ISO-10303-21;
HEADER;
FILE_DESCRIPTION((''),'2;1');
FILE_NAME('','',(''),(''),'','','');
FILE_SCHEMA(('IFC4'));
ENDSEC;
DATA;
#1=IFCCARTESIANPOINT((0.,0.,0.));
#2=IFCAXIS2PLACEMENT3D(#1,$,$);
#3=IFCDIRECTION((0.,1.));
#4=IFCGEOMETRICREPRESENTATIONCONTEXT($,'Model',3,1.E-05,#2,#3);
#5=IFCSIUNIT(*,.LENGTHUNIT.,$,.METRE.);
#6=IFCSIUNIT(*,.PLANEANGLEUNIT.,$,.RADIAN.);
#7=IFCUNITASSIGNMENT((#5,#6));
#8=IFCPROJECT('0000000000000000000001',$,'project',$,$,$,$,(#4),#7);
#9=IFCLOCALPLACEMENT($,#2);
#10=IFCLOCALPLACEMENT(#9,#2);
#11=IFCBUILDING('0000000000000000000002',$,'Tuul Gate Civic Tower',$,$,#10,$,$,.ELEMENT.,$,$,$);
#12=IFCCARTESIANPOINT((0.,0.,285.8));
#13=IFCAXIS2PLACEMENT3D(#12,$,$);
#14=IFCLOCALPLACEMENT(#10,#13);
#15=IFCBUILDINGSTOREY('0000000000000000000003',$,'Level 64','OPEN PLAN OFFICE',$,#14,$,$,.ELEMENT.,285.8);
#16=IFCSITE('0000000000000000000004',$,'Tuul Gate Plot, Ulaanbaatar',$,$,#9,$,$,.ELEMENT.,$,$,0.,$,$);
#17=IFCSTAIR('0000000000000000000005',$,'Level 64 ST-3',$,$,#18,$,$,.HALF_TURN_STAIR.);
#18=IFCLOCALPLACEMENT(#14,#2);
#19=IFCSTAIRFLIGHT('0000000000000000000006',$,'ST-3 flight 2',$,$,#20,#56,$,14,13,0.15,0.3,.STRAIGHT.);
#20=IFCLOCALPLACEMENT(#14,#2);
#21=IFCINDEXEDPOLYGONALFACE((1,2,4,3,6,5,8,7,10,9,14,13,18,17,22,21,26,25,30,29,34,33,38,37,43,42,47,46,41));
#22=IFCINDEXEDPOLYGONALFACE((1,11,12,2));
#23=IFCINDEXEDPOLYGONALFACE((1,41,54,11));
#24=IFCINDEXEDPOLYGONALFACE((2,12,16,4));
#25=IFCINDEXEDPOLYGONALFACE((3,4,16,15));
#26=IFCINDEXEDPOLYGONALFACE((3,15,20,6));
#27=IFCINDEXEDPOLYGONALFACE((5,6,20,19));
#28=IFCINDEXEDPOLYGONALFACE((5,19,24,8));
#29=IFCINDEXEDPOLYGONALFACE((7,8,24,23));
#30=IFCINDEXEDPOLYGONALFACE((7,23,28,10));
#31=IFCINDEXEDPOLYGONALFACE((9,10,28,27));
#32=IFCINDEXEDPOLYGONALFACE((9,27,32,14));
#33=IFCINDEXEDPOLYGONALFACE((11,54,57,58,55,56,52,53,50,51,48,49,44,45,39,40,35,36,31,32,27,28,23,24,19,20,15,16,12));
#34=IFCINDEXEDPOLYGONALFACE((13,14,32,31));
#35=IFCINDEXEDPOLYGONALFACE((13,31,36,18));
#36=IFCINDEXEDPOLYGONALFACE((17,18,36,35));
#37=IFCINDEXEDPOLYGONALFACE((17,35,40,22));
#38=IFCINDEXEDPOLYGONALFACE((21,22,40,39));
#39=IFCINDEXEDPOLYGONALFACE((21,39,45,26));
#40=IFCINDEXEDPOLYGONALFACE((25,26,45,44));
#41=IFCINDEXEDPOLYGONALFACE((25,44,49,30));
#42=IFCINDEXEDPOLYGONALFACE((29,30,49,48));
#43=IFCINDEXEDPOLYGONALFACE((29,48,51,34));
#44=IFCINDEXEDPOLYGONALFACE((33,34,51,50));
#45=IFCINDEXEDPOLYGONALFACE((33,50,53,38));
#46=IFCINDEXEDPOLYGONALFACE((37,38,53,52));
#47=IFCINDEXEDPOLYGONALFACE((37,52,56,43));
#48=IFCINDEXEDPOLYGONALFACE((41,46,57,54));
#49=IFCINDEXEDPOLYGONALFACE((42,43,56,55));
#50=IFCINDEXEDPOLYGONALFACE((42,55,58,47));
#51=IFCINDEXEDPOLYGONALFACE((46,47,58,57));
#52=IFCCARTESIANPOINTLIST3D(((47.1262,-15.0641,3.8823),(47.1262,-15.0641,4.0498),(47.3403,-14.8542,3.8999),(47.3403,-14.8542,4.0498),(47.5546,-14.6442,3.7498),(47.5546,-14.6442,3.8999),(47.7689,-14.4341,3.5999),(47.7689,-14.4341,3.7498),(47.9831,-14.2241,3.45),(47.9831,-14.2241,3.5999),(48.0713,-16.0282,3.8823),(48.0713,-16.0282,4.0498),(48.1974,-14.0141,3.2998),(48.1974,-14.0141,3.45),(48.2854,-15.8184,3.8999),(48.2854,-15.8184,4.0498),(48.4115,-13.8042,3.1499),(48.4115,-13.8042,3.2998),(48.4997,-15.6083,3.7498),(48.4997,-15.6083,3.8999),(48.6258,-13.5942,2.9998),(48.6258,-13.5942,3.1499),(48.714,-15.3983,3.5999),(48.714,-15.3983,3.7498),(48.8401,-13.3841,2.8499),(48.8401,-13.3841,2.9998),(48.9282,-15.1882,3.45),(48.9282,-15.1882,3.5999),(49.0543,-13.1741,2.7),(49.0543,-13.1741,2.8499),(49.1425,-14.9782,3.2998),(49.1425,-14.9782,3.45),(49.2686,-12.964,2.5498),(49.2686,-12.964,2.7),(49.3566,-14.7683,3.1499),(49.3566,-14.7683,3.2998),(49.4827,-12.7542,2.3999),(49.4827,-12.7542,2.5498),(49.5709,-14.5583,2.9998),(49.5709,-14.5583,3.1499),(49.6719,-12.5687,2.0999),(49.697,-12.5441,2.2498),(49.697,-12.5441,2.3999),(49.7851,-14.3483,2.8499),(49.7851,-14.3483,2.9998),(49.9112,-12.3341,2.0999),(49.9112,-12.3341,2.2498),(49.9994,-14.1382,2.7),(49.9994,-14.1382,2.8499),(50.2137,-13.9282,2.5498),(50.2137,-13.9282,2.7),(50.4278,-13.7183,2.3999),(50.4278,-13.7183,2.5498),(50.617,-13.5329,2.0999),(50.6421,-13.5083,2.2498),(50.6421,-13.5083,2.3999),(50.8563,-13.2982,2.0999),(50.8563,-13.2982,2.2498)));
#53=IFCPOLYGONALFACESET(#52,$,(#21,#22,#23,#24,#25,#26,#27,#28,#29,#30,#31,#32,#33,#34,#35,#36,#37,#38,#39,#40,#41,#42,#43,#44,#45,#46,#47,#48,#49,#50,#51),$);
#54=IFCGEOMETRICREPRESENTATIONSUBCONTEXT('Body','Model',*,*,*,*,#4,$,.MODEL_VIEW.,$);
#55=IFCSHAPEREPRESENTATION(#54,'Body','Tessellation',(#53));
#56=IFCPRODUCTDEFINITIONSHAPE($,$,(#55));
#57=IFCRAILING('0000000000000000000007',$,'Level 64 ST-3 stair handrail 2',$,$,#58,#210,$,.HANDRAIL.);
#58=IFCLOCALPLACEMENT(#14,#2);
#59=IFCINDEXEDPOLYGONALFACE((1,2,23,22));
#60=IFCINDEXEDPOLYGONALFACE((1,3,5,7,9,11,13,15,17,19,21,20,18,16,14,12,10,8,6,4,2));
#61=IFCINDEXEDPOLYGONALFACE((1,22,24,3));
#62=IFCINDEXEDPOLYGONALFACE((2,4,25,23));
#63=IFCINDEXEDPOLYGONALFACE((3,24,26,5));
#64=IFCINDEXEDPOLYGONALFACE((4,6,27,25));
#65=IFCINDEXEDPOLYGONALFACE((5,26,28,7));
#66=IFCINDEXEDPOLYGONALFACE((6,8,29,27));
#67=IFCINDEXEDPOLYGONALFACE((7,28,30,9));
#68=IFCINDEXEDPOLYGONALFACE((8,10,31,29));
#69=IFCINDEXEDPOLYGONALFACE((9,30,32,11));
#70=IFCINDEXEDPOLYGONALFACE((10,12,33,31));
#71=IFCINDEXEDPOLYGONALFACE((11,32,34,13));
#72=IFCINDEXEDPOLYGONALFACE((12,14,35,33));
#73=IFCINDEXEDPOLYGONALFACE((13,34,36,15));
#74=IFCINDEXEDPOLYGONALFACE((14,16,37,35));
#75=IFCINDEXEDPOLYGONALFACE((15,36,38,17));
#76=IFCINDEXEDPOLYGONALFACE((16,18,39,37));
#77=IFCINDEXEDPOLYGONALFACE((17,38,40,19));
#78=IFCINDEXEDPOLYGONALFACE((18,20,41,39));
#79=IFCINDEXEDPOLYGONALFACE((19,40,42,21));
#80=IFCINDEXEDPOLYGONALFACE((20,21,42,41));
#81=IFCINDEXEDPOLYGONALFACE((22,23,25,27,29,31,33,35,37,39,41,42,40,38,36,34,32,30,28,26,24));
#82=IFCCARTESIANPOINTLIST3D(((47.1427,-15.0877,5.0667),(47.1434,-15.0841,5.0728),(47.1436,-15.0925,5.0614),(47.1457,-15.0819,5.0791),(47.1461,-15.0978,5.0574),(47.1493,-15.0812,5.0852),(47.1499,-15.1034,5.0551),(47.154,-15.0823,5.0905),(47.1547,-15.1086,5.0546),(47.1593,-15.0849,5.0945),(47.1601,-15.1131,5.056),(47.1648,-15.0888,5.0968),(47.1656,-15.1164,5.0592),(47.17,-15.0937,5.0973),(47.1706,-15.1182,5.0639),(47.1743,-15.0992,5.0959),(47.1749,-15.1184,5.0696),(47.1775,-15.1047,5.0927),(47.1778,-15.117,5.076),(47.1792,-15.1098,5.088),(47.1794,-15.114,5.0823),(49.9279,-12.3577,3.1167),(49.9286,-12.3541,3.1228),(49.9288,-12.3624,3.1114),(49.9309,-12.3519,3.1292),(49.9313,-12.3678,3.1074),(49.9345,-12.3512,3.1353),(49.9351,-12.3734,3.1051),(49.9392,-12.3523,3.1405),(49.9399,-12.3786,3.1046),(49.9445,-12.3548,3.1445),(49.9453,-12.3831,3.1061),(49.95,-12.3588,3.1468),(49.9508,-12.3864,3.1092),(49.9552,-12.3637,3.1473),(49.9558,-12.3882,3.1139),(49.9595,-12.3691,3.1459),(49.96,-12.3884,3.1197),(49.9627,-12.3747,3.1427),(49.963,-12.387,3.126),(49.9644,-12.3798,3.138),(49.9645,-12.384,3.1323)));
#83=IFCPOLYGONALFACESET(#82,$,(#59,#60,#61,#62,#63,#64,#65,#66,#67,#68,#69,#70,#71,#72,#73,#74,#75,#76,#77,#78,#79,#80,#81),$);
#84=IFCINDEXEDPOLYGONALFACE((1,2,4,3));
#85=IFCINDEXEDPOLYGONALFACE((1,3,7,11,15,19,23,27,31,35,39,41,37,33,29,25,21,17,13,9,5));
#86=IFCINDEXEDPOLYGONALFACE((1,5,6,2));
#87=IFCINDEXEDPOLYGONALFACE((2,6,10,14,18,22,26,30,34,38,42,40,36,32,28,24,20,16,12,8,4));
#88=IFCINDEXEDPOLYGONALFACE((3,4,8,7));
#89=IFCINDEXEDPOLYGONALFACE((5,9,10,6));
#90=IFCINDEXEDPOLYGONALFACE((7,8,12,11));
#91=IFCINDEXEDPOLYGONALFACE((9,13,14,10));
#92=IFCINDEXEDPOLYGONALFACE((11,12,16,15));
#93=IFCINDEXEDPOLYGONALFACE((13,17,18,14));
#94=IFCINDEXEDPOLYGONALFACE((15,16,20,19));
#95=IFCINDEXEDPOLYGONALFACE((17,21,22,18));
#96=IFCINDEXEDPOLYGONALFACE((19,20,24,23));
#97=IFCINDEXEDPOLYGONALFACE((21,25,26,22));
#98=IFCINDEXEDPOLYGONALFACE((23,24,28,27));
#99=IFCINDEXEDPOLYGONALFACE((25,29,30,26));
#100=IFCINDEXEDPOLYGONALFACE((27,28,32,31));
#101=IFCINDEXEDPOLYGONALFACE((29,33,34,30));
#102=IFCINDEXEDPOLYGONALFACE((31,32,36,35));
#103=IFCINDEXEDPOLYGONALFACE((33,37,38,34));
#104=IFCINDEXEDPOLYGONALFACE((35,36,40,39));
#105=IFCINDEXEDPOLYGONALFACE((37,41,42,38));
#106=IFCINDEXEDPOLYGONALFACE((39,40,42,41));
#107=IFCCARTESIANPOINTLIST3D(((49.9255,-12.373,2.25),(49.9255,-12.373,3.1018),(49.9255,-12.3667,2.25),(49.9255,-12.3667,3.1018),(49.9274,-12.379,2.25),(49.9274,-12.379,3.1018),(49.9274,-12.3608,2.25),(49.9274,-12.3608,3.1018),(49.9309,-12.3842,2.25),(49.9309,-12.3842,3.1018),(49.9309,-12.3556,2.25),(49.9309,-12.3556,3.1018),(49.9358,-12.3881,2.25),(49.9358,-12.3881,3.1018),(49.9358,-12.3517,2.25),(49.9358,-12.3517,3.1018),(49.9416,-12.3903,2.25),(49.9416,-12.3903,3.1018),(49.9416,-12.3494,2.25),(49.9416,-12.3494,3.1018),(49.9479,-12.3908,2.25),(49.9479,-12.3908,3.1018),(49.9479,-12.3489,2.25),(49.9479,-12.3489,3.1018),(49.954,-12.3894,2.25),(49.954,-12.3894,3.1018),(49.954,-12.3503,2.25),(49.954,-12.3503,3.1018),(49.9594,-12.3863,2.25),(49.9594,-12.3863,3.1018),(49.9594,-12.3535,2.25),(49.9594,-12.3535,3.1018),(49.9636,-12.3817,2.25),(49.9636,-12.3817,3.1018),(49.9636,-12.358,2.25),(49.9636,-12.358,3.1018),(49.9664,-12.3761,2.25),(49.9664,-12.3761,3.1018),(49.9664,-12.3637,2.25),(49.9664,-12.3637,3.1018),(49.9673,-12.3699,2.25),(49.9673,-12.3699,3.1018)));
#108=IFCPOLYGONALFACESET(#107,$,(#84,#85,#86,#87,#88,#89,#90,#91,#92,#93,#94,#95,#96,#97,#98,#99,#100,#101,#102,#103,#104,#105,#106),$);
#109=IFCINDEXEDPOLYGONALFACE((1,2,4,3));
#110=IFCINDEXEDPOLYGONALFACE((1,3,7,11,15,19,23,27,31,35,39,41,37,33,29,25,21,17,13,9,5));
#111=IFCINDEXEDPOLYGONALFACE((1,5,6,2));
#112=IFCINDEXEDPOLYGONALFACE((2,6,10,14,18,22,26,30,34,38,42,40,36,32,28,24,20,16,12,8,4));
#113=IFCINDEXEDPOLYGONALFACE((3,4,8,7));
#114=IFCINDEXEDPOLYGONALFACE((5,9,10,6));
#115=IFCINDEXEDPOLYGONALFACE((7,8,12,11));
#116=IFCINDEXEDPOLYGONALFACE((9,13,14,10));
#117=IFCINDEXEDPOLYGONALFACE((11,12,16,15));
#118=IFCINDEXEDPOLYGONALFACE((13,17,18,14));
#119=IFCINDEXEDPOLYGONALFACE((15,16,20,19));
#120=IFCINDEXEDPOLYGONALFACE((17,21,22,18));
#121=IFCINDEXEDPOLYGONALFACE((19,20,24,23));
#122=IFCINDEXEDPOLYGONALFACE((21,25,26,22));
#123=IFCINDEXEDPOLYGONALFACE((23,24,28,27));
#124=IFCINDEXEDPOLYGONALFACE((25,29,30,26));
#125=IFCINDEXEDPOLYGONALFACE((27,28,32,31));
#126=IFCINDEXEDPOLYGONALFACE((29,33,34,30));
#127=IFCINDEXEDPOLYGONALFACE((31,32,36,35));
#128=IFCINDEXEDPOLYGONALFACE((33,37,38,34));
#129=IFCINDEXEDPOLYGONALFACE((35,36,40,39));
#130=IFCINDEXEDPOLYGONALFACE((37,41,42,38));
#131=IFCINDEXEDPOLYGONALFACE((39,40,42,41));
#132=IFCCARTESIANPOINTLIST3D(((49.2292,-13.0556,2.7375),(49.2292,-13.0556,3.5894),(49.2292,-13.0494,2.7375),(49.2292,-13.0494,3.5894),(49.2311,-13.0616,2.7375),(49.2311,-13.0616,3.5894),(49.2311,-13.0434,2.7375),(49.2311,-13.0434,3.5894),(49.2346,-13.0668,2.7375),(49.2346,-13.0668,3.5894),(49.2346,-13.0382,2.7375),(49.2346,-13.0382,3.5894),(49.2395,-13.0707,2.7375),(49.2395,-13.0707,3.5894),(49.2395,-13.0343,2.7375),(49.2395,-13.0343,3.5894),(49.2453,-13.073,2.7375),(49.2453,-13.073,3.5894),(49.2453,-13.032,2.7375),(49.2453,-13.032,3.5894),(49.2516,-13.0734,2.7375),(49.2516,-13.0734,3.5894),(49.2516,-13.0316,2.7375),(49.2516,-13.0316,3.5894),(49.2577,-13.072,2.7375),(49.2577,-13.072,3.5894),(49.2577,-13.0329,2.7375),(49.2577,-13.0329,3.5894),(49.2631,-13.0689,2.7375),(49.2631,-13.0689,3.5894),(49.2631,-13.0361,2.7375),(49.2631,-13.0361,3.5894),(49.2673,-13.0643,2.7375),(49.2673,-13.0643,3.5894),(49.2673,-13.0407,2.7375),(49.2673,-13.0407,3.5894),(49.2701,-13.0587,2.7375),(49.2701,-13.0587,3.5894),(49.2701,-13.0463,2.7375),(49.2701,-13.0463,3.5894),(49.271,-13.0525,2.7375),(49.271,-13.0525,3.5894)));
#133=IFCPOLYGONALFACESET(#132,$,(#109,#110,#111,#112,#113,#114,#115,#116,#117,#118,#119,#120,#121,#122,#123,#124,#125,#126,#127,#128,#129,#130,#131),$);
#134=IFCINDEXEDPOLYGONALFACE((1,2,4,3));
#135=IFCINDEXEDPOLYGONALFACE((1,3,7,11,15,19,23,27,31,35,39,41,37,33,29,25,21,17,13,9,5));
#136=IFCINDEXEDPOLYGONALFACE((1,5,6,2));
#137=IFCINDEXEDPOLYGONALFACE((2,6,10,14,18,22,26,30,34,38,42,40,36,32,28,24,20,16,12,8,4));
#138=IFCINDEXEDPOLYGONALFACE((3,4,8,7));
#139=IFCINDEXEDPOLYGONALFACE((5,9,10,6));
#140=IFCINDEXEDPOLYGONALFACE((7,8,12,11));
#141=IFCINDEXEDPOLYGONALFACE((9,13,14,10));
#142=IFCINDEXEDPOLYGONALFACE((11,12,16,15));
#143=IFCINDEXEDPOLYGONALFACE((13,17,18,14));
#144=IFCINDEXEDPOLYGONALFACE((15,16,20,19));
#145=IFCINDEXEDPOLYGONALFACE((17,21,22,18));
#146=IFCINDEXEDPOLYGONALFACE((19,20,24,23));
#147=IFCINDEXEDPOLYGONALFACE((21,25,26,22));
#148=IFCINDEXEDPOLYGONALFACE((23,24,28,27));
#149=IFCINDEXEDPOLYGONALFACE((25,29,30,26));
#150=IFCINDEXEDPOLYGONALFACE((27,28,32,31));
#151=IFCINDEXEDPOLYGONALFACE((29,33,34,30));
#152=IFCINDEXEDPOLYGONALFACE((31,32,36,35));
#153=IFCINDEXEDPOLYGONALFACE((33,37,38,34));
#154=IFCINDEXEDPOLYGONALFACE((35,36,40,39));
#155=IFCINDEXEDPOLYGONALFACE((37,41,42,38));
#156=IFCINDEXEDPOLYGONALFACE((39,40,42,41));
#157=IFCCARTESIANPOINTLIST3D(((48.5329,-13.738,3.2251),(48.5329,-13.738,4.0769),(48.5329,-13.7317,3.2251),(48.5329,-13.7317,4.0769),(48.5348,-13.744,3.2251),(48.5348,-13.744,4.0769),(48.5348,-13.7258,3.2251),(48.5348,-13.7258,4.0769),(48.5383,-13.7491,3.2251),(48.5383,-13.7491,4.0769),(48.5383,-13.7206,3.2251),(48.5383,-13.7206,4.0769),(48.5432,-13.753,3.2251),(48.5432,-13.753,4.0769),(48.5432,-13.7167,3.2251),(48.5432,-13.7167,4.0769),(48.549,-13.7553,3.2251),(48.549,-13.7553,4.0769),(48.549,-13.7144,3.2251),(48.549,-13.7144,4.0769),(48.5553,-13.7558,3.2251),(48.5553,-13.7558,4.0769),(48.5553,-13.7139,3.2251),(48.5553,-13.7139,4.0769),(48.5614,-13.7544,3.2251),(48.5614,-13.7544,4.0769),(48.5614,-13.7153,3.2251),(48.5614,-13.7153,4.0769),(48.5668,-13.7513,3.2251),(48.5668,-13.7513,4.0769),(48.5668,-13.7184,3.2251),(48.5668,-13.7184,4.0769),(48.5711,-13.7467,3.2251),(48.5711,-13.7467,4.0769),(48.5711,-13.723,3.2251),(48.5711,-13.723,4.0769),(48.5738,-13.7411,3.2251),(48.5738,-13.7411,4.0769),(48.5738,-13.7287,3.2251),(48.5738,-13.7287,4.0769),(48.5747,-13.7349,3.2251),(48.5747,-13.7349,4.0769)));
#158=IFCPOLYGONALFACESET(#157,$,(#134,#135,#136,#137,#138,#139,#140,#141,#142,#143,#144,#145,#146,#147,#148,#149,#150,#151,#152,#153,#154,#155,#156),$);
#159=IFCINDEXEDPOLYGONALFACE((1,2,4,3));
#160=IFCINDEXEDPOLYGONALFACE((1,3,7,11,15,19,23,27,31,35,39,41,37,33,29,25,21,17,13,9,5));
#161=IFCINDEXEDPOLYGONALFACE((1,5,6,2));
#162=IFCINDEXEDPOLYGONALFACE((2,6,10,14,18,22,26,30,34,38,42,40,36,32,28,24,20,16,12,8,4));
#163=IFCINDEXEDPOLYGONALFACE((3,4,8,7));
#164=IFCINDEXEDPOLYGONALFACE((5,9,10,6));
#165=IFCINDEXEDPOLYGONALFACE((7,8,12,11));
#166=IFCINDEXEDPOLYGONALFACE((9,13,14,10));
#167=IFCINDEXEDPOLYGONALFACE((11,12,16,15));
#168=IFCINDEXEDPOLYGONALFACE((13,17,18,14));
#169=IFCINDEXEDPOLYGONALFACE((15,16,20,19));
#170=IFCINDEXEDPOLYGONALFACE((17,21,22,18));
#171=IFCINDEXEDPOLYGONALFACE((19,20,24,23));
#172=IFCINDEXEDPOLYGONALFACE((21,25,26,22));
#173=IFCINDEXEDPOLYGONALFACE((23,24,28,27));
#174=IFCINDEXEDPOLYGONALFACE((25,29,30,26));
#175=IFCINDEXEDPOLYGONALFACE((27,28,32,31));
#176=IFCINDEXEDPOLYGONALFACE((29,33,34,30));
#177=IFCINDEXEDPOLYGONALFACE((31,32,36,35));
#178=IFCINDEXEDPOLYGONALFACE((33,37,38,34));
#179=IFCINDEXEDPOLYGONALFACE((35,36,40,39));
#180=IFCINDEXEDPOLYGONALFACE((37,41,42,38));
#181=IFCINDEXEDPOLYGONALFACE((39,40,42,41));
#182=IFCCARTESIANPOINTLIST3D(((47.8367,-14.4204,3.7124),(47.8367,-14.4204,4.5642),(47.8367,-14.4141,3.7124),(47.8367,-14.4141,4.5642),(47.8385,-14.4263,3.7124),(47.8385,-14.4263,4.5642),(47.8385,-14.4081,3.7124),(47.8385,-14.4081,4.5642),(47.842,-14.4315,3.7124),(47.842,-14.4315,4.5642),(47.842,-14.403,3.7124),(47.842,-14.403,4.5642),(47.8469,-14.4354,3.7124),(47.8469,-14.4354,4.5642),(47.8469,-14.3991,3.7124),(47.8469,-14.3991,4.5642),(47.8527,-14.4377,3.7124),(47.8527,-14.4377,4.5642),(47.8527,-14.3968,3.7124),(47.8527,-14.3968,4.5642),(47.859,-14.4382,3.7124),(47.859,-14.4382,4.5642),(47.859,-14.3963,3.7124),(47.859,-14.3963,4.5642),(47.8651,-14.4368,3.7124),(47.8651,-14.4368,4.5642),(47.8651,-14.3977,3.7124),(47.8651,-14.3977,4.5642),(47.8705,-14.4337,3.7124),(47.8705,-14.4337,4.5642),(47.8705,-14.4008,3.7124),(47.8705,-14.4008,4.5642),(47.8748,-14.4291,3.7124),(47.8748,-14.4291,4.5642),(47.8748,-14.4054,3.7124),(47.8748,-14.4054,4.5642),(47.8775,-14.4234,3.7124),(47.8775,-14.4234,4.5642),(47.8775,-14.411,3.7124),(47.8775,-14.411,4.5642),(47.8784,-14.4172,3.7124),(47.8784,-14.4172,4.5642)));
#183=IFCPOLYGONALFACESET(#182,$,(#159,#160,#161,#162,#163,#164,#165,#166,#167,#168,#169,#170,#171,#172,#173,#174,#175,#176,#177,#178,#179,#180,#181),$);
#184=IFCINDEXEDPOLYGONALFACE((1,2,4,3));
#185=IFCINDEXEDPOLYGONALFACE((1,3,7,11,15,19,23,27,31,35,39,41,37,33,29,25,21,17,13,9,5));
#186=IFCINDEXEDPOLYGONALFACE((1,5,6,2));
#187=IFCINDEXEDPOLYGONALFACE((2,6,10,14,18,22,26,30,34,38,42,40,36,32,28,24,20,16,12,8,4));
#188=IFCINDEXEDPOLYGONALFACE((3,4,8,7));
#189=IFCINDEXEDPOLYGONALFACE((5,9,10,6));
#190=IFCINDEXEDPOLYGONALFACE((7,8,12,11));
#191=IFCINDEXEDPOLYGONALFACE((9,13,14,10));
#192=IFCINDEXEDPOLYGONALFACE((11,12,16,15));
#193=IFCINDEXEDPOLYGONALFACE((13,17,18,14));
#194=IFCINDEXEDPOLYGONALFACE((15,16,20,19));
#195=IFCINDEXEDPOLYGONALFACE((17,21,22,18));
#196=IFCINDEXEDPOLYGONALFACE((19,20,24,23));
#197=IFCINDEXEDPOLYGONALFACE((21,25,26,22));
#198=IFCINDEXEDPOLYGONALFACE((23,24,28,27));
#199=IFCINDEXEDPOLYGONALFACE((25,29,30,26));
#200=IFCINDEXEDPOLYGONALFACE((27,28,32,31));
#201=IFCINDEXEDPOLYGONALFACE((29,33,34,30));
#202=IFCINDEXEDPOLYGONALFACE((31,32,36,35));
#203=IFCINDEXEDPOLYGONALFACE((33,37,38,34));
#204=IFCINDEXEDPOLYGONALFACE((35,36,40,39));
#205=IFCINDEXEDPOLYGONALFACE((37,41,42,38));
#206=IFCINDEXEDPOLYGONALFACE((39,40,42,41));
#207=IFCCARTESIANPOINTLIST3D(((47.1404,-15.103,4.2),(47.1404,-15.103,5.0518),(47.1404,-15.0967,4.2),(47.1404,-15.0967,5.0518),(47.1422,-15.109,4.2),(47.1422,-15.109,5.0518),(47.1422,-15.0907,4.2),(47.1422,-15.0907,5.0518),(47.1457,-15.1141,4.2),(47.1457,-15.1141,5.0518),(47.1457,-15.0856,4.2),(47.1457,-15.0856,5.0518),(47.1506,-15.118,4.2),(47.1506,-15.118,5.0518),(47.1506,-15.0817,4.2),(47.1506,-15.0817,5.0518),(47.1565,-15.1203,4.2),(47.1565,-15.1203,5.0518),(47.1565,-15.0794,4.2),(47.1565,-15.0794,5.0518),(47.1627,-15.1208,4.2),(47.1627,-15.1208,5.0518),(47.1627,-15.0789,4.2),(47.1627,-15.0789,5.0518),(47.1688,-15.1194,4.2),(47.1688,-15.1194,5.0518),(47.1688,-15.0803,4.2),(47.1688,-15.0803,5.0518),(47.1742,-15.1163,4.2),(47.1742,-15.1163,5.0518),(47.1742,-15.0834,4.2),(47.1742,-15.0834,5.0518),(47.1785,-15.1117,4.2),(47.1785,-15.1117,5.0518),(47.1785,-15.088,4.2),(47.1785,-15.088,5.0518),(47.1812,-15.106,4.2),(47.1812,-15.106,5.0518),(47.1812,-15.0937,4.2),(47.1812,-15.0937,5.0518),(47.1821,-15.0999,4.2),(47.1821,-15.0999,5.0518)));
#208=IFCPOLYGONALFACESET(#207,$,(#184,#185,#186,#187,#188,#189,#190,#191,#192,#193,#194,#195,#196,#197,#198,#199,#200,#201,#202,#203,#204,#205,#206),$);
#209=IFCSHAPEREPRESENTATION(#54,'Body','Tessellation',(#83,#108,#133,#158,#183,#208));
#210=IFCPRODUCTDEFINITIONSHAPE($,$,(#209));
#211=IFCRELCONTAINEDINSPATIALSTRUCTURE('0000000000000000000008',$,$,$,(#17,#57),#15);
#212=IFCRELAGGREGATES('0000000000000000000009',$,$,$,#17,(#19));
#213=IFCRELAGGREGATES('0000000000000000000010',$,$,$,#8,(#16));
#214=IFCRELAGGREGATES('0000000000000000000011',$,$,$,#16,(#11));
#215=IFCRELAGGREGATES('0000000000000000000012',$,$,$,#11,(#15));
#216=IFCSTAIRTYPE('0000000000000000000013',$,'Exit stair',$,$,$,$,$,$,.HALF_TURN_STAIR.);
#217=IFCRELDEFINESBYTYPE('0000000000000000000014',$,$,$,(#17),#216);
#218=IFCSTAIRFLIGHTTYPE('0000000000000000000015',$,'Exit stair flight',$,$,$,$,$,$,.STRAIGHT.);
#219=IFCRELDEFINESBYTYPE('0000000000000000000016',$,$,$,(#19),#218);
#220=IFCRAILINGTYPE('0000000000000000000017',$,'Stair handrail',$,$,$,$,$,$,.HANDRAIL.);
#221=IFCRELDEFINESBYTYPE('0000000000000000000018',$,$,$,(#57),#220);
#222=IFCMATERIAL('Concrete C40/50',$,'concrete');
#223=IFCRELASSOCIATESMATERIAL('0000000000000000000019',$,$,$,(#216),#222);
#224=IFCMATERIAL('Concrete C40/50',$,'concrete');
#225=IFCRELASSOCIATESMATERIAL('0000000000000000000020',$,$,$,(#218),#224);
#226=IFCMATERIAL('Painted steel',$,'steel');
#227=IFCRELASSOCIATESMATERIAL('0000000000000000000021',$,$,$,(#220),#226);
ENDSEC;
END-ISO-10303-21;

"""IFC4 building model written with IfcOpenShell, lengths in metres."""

from ifc_helpers import new_model, si_unit, direction, frame, origin, origin_2d, place, context, subcontext, project, spatial, polyline, circle, outline, extrude, material, type_object, element, aggregate, save


model = new_model("IFC4")

# Units and contexts
model_context = context("Model", 3, precision=1e-05, world=origin(), true_north=direction((0.0, 1.0)))
body_context = subcontext(model_context, "Body", "Model", "MODEL_VIEW")
ifc_project = project(units=[si_unit("LENGTHUNIT", "METRE"), si_unit("PLANEANGLEUNIT", "RADIAN")], contexts=[model_context])

# Site, building, storey
site_placement = place(None, origin())
site = spatial("IfcSite", under=ifc_project, at=site_placement, Name="Tuul Gate Plot, Ulaanbaatar", CompositionType="ELEMENT", RefElevation=0.0)
building_placement = place(site_placement, origin())
building = spatial("IfcBuilding", under=site, at=building_placement, Name="Tuul Gate Civic Tower", CompositionType="ELEMENT")
storey_placement = place(building_placement, frame((0.0, 0.0, 285.8)))
storey = spatial("IfcBuildingStorey", under=building, at=storey_placement, Name="Level 64", Description="OPEN PLAN OFFICE", CompositionType="ELEMENT", Elevation=285.8)

# Stair, stair flight
ifc_material_1 = material(Name="Concrete C40/50", Category="concrete")
stair_type = type_object("IfcStairType", Name="Exit stair", PredefinedType="HALF_TURN_STAIR", material=ifc_material_1)
stair_placement = place(storey_placement, origin())
stair = element("IfcStair", 1, at=stair_placement, inside=storey, type_object=stair_type, Name="Level 64 ST-3", PredefinedType="HALF_TURN_STAIR")
ifc_material_2 = material(Name="Concrete C40/50", Category="concrete")
stair_flight_type = type_object("IfcStairFlightType", Name="Exit stair flight", PredefinedType="STRAIGHT", material=ifc_material_2)
stair_flight_placement = place(storey_placement, frame((50.3838, -12.8162, 2.0999), z_axis=(0.0, 0.0, 1.0), x_axis=(-0.714127, -0.700016, 0.0)))
stair_flight = element("IfcStairFlight", 2, at=stair_flight_placement, type_object=stair_flight_type, Name="ST-3 flight 2", NumberOfRisers=14, NumberOfTreads=13, PredefinedType="STRAIGHT", RiserHeight=0.15, TreadLength=0.3, context=body_context, shape_type="SweptSolid", body=[
    extrude(outline(polyline([(0.0, 0.0), (0.0, 0.1499), (0.3, 0.1499), (0.3, 0.3), (0.6001, 0.3), (0.6001, 0.45), (0.8999, 0.45), (0.8999, 0.6001), (1.2, 0.6001), (1.2, 0.75), (1.5, 0.75), (1.5, 0.8999), (1.8, 0.8999), (1.8, 1.05), (2.1001, 1.05), (2.1001, 1.2), (2.3999, 1.2), (2.3999, 1.3501), (2.7, 1.3501), (2.7, 1.5), (3.0, 1.5), (3.0, 1.6499), (3.3, 1.6499), (3.3, 1.8), (3.6001, 1.8), (3.6001, 1.95), (3.8999, 1.95), (3.8999, 2.1001), (3.8999, 1.7825), (0.3352, 0.0), (0.0, 0.0)])), frame((0.0, 0.675, 0.0), z_axis=(0.0, -1.0, 0.0), x_axis=(1.0, 0.0, 0.0)), (0.0, 0.0, 1.0), 1.3501),
])
aggregate(stair, [stair_flight])

# Railing
ifc_material_3 = material(Name="Painted steel", Category="steel")
railing_type_1 = type_object("IfcRailingType", Name="Stair handrail", PredefinedType="HANDRAIL", material=ifc_material_3)
railing_1_placement = place(storey_placement, frame((49.9463, -12.3699, 2.25)))
element("IfcRailing", 3, at=railing_1_placement, inside=storey, type_object=railing_type_1, Name="Level 64 ST-3 stair handrail 2", PredefinedType="HANDRAIL", context=body_context, shape_type="SweptSolid", body=[
    extrude(circle(Radius=0.0239, at=origin_2d()), frame((0.0, 0.0, 0.876), z_axis=(-0.638754, -0.6261, 0.447206), x_axis=(0.699998, -0.714145, 0.0)), (0.0, 0.0, 1.0), 4.3604),
    extrude(circle(Radius=0.021, at=origin_2d()), origin(), (0.0, 0.0, 1.0), 0.8518),
    extrude(circle(Radius=0.021, at=origin_2d()), frame((-0.6963, -0.6826, 0.4875)), (0.0, 0.0, 1.0), 0.8518),
    extrude(circle(Radius=0.021, at=origin_2d()), frame((-1.3926, -1.365, 0.9751)), (0.0, 0.0, 1.0), 0.8518),
    extrude(circle(Radius=0.021, at=origin_2d()), frame((-2.0889, -2.0474, 1.4624)), (0.0, 0.0, 1.0), 0.8518),
    extrude(circle(Radius=0.021, at=origin_2d()), frame((-2.7852, -2.73, 1.95)), (0.0, 0.0, 1.0), 0.8518),
])

save(model, "model.ifc")
